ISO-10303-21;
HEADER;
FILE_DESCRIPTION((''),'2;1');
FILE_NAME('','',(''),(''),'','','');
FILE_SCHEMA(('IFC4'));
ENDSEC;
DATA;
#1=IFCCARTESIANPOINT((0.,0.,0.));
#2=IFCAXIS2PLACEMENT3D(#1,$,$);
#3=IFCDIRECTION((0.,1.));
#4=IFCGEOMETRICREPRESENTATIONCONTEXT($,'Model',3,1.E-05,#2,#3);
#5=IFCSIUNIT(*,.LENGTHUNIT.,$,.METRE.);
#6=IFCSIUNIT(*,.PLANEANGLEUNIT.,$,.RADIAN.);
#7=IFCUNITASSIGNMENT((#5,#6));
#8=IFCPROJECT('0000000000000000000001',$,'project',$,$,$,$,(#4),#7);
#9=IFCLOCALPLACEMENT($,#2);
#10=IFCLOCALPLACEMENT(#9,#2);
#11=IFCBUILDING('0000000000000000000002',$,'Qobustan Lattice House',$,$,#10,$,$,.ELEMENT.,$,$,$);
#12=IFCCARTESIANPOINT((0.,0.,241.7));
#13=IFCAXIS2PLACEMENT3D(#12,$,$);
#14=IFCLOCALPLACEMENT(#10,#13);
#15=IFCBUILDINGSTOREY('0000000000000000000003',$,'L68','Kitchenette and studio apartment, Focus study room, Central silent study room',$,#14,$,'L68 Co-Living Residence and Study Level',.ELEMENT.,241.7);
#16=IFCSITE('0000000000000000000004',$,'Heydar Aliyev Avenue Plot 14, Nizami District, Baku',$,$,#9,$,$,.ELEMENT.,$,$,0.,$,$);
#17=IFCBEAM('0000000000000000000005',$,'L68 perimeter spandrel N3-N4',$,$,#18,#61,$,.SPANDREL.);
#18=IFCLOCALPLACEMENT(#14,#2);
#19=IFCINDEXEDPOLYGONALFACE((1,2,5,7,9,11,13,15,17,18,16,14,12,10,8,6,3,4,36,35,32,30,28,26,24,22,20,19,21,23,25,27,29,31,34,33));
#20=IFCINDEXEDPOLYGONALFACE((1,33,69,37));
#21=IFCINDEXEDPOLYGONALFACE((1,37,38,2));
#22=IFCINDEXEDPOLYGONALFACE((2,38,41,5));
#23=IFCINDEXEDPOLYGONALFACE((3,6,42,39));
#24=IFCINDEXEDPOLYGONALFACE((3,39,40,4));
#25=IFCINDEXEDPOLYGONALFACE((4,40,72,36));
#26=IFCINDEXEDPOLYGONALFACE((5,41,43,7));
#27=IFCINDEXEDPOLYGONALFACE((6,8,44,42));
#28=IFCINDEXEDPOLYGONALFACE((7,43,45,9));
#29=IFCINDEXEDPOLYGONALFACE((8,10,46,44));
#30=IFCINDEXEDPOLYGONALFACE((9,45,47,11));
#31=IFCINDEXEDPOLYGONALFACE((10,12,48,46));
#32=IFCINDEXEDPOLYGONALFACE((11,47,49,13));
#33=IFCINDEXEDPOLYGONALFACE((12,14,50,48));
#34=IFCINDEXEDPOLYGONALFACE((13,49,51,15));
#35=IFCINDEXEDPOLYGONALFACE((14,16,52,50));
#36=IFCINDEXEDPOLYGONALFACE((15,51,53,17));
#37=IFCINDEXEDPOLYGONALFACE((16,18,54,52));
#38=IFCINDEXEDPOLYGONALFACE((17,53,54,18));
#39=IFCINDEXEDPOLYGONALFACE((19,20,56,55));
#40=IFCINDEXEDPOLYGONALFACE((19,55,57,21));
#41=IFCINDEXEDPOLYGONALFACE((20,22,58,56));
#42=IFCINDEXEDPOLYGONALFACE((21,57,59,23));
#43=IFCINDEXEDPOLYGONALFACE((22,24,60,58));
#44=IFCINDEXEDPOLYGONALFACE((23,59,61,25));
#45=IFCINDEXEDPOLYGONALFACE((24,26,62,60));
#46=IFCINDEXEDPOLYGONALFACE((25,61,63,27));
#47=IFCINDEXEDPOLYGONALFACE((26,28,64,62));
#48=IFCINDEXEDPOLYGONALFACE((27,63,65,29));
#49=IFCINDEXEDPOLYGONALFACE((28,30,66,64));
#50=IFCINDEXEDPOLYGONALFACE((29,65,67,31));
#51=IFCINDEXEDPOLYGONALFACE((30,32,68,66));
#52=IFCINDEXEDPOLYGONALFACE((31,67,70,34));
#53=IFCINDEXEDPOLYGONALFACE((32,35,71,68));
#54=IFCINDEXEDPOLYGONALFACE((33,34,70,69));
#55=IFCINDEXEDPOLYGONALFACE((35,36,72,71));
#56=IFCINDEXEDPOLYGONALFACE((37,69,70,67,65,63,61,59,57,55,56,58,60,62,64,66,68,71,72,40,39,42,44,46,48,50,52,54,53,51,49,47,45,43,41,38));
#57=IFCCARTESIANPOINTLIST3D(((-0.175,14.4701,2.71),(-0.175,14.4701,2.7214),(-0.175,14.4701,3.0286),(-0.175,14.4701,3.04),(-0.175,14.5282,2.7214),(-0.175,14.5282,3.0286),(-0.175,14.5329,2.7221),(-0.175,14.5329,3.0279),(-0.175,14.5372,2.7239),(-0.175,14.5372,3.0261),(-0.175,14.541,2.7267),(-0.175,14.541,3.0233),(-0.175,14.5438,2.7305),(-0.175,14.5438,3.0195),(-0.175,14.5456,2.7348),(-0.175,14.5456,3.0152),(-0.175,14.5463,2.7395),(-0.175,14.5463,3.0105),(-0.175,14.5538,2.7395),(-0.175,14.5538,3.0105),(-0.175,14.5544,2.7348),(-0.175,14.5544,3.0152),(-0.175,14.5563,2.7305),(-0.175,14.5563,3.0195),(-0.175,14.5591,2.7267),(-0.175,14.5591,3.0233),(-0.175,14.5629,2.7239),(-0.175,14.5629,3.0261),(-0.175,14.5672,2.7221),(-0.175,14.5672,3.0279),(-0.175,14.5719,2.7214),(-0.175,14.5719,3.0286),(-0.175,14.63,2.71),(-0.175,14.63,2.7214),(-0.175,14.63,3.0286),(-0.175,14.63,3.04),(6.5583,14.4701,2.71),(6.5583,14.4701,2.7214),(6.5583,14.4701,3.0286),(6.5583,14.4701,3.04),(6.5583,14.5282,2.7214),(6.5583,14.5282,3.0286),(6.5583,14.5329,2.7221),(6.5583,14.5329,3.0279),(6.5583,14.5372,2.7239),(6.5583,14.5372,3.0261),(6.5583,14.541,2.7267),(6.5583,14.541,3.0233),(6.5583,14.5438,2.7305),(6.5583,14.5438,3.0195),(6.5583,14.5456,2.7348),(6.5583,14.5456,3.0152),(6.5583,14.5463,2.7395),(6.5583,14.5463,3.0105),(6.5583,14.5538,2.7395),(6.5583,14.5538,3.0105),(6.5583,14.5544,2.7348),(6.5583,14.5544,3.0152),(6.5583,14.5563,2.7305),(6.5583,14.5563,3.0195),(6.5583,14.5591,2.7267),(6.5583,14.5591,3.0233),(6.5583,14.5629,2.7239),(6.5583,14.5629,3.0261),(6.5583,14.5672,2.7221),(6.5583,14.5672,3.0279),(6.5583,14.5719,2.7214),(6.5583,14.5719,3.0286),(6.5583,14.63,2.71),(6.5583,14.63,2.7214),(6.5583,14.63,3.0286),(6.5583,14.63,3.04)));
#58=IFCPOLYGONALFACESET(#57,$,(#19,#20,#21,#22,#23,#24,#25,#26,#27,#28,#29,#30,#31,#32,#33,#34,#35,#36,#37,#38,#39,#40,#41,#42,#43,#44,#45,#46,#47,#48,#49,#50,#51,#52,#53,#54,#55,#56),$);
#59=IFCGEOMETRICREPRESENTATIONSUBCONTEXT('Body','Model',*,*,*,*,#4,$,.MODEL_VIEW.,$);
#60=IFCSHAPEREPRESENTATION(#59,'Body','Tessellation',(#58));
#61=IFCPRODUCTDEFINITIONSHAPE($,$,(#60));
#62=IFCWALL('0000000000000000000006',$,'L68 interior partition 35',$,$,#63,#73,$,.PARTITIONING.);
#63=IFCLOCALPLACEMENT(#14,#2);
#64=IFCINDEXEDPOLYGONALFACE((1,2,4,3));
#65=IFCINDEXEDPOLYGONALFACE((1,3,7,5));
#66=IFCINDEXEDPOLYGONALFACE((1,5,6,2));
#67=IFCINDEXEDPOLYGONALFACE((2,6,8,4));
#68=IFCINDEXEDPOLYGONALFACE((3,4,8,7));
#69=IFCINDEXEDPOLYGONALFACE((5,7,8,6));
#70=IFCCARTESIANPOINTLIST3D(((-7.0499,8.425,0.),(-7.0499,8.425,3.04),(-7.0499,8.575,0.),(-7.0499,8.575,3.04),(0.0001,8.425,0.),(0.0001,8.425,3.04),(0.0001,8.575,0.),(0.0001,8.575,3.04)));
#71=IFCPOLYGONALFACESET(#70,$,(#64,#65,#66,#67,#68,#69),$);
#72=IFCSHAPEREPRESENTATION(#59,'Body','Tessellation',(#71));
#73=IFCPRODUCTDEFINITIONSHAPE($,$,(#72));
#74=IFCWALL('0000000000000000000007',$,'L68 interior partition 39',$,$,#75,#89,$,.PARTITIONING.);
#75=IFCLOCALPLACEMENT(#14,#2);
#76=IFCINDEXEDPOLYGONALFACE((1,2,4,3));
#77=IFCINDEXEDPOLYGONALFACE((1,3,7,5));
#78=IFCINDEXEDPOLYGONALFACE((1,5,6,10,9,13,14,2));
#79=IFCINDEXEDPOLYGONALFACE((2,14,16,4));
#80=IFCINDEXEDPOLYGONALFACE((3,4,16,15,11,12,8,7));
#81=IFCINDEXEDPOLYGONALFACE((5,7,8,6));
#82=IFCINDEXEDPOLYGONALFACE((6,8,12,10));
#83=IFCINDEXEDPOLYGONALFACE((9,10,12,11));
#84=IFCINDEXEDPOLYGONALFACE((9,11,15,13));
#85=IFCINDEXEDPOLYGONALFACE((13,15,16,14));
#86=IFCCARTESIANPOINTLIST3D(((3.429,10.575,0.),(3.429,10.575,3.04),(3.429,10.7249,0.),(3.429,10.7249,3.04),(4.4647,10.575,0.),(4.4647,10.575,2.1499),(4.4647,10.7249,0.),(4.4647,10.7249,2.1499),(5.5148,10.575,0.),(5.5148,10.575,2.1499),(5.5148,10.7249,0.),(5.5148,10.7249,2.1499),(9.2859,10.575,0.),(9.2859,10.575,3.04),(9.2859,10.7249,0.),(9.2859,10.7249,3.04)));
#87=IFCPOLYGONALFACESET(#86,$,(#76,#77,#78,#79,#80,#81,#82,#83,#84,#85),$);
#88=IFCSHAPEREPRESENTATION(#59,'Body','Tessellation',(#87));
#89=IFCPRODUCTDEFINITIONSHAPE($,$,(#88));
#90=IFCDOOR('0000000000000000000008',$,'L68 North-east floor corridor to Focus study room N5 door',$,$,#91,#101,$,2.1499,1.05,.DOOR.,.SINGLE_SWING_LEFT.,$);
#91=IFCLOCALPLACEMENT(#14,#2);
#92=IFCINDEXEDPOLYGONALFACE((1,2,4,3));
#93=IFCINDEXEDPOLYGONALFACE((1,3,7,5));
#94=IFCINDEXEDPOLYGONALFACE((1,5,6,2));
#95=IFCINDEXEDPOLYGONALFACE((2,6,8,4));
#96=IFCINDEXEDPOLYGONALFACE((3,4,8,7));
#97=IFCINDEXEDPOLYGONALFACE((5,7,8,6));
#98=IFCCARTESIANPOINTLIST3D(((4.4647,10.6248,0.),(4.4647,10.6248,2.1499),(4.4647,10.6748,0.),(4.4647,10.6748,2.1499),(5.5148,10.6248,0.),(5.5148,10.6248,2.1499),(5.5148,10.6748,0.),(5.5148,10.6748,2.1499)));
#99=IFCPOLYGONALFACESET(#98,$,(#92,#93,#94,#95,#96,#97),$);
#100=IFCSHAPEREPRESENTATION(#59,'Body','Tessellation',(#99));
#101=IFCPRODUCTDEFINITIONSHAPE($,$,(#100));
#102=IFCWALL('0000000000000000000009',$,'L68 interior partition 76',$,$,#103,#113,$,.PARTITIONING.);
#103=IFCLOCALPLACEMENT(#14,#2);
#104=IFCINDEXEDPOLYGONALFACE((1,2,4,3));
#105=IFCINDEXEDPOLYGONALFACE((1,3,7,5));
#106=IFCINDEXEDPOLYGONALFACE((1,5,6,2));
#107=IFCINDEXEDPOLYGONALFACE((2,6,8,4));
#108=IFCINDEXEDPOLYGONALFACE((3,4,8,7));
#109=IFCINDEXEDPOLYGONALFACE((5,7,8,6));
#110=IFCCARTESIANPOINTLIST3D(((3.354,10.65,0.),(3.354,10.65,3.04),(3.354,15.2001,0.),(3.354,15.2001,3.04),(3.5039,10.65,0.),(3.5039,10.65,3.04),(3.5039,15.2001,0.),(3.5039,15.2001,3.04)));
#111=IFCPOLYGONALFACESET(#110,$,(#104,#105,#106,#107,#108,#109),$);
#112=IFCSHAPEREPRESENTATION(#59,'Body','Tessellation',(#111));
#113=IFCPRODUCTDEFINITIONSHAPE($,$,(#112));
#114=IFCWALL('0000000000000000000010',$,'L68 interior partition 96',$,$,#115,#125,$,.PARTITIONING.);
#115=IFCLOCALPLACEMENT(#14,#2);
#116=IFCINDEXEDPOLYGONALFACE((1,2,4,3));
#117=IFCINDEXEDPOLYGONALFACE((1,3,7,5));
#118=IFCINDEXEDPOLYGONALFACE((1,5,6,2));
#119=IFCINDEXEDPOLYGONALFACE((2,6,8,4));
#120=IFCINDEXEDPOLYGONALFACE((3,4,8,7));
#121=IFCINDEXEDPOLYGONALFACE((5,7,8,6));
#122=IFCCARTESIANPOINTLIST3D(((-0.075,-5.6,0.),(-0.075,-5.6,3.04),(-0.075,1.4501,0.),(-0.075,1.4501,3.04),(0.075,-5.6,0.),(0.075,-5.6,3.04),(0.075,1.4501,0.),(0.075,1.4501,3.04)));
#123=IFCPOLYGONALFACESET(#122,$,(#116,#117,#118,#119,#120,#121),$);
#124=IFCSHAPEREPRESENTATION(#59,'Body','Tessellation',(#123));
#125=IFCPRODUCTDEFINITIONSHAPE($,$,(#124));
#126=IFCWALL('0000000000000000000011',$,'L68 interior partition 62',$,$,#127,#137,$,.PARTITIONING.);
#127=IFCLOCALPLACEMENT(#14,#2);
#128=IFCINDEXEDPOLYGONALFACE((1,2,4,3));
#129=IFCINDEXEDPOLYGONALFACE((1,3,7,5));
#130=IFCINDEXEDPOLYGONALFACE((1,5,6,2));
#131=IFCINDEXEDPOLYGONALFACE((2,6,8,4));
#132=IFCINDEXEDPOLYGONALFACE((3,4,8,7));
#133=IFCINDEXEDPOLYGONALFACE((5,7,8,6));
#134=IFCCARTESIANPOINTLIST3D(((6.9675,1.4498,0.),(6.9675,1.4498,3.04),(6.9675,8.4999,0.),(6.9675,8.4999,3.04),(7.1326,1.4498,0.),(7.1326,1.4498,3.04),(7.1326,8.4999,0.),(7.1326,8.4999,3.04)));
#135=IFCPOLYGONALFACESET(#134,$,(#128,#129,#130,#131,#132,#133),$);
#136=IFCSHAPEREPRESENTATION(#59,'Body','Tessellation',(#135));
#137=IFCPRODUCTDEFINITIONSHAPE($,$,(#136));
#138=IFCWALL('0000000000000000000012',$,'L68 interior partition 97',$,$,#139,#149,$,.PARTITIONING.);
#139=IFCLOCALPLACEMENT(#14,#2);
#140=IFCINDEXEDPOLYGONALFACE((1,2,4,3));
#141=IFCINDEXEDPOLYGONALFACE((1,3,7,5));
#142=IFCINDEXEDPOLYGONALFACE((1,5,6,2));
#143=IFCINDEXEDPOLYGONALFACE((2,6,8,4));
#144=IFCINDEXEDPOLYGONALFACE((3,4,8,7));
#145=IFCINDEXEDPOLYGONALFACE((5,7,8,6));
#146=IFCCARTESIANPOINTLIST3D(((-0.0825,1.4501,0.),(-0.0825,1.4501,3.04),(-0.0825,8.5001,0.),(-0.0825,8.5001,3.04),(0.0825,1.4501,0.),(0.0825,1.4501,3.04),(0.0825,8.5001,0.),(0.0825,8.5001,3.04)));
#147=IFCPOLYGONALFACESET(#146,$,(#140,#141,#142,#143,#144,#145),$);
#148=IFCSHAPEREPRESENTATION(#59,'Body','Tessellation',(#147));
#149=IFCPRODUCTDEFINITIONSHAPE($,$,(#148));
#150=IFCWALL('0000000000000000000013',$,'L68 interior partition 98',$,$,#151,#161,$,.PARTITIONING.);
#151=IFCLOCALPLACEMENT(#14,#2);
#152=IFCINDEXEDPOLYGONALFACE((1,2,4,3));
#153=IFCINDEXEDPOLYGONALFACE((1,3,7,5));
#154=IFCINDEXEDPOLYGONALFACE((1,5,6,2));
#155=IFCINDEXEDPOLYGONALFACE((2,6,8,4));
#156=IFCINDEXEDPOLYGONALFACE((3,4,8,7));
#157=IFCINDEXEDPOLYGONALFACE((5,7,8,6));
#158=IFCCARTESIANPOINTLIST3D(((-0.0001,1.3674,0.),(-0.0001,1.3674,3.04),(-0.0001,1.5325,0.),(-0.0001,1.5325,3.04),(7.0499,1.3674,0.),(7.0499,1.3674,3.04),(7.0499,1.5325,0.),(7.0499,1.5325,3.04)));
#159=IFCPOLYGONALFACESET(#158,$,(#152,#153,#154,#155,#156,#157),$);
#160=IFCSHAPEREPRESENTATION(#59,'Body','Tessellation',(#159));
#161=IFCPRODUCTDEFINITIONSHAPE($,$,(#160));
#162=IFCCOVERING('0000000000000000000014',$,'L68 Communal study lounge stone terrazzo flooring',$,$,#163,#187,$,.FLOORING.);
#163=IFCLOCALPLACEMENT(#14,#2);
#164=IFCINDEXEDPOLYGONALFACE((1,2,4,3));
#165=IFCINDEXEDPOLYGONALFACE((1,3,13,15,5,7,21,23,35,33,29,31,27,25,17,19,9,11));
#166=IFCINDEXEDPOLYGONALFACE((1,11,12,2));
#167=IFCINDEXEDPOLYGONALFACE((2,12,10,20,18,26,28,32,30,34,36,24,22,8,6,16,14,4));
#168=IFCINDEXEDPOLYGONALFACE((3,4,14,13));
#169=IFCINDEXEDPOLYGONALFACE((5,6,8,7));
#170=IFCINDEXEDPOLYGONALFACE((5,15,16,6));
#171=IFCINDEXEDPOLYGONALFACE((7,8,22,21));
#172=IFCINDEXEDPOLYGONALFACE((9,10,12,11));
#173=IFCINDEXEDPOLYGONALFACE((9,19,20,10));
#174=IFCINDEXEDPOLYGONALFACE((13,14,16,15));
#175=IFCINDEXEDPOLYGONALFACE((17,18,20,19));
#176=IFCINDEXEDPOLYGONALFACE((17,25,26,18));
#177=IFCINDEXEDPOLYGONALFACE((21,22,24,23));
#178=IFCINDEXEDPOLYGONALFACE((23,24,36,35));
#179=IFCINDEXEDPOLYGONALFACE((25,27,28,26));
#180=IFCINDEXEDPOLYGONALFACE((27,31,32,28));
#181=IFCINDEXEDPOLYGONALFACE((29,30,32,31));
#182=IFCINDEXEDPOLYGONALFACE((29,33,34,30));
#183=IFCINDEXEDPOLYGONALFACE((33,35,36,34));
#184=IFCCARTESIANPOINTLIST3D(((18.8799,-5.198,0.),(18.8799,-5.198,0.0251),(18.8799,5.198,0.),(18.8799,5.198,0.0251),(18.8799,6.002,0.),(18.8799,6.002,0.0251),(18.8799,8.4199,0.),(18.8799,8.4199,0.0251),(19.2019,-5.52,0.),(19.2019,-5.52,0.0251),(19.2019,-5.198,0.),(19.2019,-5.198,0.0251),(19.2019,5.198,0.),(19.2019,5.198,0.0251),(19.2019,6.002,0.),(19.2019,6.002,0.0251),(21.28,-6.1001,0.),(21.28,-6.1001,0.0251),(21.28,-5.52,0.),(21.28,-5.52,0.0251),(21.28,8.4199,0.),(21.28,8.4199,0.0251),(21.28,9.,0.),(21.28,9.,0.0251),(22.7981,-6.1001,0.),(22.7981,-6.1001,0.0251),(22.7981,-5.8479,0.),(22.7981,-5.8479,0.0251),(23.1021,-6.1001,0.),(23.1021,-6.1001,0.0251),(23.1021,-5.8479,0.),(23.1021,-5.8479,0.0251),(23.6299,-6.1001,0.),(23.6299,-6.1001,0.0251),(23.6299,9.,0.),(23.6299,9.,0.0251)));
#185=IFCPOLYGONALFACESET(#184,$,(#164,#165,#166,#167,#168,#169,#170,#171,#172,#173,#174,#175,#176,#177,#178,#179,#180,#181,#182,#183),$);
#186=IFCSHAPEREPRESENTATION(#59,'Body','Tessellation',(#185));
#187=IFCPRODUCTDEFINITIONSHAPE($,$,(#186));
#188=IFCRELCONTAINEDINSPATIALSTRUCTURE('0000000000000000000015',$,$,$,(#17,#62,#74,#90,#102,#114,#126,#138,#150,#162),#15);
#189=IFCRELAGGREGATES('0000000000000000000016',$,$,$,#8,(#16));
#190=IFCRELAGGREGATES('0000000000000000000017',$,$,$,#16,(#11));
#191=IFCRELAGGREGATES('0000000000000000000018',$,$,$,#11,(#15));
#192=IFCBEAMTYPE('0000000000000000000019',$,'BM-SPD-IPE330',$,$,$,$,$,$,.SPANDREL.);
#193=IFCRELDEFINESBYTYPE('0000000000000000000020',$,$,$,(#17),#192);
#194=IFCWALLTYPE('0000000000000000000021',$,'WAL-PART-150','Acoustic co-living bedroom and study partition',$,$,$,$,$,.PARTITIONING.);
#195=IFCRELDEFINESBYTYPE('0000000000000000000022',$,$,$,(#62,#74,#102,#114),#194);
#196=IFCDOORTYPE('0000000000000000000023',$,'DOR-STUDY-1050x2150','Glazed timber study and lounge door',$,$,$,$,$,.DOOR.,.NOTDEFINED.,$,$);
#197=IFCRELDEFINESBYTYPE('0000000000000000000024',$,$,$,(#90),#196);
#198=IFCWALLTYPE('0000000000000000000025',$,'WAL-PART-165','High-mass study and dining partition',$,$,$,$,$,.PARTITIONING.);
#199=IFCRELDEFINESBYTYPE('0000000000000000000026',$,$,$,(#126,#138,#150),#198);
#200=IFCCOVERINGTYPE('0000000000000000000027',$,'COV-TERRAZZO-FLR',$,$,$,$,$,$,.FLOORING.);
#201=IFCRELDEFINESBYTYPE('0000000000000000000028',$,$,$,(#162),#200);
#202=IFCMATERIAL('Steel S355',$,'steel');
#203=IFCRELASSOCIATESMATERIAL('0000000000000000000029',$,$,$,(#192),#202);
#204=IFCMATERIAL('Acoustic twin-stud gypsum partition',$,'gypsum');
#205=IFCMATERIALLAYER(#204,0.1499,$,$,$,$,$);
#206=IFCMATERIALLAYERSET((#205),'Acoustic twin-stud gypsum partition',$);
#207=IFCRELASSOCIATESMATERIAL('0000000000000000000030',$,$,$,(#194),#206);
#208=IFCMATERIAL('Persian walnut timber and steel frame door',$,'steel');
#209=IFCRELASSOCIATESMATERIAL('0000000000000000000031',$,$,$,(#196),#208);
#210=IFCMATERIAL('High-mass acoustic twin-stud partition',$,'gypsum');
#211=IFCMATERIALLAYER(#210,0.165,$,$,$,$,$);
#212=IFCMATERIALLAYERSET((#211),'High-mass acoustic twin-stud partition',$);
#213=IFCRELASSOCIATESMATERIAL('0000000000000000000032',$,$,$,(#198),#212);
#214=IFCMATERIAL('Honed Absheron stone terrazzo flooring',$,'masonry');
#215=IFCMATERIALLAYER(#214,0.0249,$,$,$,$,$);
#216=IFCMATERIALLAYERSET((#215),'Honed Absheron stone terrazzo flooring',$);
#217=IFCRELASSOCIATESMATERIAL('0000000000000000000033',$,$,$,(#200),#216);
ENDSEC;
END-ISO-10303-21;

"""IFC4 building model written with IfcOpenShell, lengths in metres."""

from ifc_helpers import new_model, si_unit, direction, frame, frame_2d, origin, origin_2d, place, context, subcontext, project, spatial, polyline, rectangle, i_section, outline, extrude, material, layer, layer_set, material_profile, profile_set, type_object, element, fill, save


model = new_model("IFC4")

# Units and contexts
model_context = context("Model", 3, precision=1e-05, world=origin(), true_north=direction((0.0, 1.0)))
body_context = subcontext(model_context, "Body", "Model", "MODEL_VIEW")
ifc_project = project(units=[si_unit("LENGTHUNIT", "METRE"), si_unit("PLANEANGLEUNIT", "RADIAN")], contexts=[model_context])

# Site, building, storey
site_placement = place(None, origin())
site = spatial("IfcSite", under=ifc_project, at=site_placement, Name="Heydar Aliyev Avenue Plot 14, Nizami District, Baku", CompositionType="ELEMENT", RefElevation=0.0)
building_placement = place(site_placement, origin())
building = spatial("IfcBuilding", under=site, at=building_placement, Name="Qobustan Lattice House", CompositionType="ELEMENT")
storey_placement = place(building_placement, frame((0.0, 0.0, 241.7)))
storey = spatial("IfcBuildingStorey", under=building, at=storey_placement, Name="L68", Description="Kitchenette and studio apartment, Focus study room, Central silent study room", LongName="L68 Co-Living Residence and Study Level", CompositionType="ELEMENT", Elevation=241.7)

# Beam
ifc_material_1 = material(Name="Steel S355", Category="steel")
ifc_material_profile_1 = material_profile(ifc_material_1, i_section(OverallWidth=0.1599, OverallDepth=0.3301, WebThickness=0.0076, FlangeThickness=0.0115, FilletRadius=0.0181, at=origin_2d()), Name="IPE330")
ifc_profile_set_1 = profile_set([ifc_material_profile_1], Name="Steel S355")
beam_type_1 = type_object("IfcBeamType", Name="BM-SPD-IPE330", PredefinedType="SPANDREL", material=ifc_profile_set_1)
beam_1_placement = place(storey_placement, frame((6.5583, 14.55, 2.875), z_axis=(-1.0, 0.0, 0.0), x_axis=(0.0, -1.0, 0.0)))
element("IfcBeam", 1, at=beam_1_placement, inside=storey, type_object=beam_type_1, Name="L68 perimeter spandrel N3-N4", PredefinedType="SPANDREL", context=body_context, shape_type="SweptSolid", body=[
    extrude(i_section(OverallWidth=0.1599, OverallDepth=0.3301, WebThickness=0.0076, FlangeThickness=0.0115, FilletRadius=0.0181, at=origin_2d()), origin(), (0.0, 0.0, 1.0), 6.7334),
])

# Wall
ifc_material_2 = material(Name="Acoustic twin-stud gypsum partition", Category="gypsum")
ifc_layer_1 = layer(ifc_material_2, 0.1499)
ifc_layer_set_1 = layer_set([ifc_layer_1], Name="Acoustic twin-stud gypsum partition")
wall_type_1 = type_object("IfcWallType", Name="WAL-PART-150", Description="Acoustic co-living bedroom and study partition", PredefinedType="PARTITIONING", material=ifc_layer_set_1)
wall_1_placement = place(storey_placement, frame((0.0, 8.5, 0.0), z_axis=(0.0, 0.0, 1.0), x_axis=(-1.0, 0.0, 0.0)))
element("IfcWall", 2, at=wall_1_placement, inside=storey, type_object=wall_type_1, Name="L68 interior partition 35", PredefinedType="PARTITIONING", context=body_context, shape_type="SweptSolid", body=[
    extrude(rectangle(XDim=7.05, YDim=0.1499, at=frame_2d((3.5249, 0.0))), origin(), (0.0, 0.0, 1.0), 3.04),
])

# Wall, opening, door
ifc_material_3 = material(Name="Persian walnut timber and steel frame door", Category="steel")
door_type = type_object("IfcDoorType", Name="DOR-STUDY-1050x2150", Description="Glazed timber study and lounge door", OperationType="NOTDEFINED", PredefinedType="DOOR", material=ifc_material_3)
wall_2_placement = place(storey_placement, frame((3.429, 10.6499, 0.0), z_axis=(0.0, 0.0, 1.0), x_axis=(1.0, 0.0, 0.0)))
wall_2 = element("IfcWall", 3, at=wall_2_placement, inside=storey, type_object=wall_type_1, Name="L68 interior partition 39", PredefinedType="PARTITIONING", context=body_context, shape_type="SweptSolid", body=[
    extrude(rectangle(XDim=5.8569, YDim=0.1499, at=frame_2d((2.9285, 0.0))), origin(), (0.0, 0.0, 1.0), 3.04),
])
opening_1_placement = place(wall_2_placement, frame((1.0359, 0.0, 0.0)))
opening_1 = element("IfcOpeningElement", 4, at=opening_1_placement, cuts=wall_2, PredefinedType="OPENING", context=body_context, shape_type="SweptSolid", body=[
    extrude(rectangle(XDim=1.05, YDim=2.1499, at=frame_2d((0.5249, 1.075))), frame((0.0, 0.085, 0.0), z_axis=(0.0, -1.0, 0.0), x_axis=(1.0, 0.0, 0.0)), (0.0, 0.0, 1.0), 0.1699),
])
door_1_placement = place(opening_1_placement, origin())
door_1 = element("IfcDoor", 5, at=door_1_placement, inside=storey, type_object=door_type, Name="L68 North-east floor corridor to Focus study room N5 door", OperationType="SINGLE_SWING_LEFT", OverallHeight=2.1499, OverallWidth=1.05, PredefinedType="DOOR", context=body_context, shape_type="SweptSolid", body=[
    extrude(rectangle(XDim=1.05, YDim=2.1499, at=frame_2d((0.5249, 1.075))), frame((0.0, 0.0249, 0.0), z_axis=(0.0, -1.0, 0.0), x_axis=(1.0, 0.0, 0.0)), (0.0, 0.0, 1.0), 0.05),
])
fill(opening_1, door_1)

# Walls
wall_3_placement = place(storey_placement, frame((3.429, 15.2, 0.0), z_axis=(0.0, 0.0, 1.0), x_axis=(0.0, -1.0, 0.0)))
element("IfcWall", 6, at=wall_3_placement, inside=storey, type_object=wall_type_1, Name="L68 interior partition 76", PredefinedType="PARTITIONING", context=body_context, shape_type="SweptSolid", body=[
    extrude(rectangle(XDim=4.55, YDim=0.1499, at=frame_2d((2.2749, 0.0))), origin(), (0.0, 0.0, 1.0), 3.04),
])
wall_4_placement = place(storey_placement, frame((0.0, 1.45, 0.0), z_axis=(0.0, 0.0, 1.0), x_axis=(0.0, -1.0, 0.0)))
element("IfcWall", 7, at=wall_4_placement, inside=storey, type_object=wall_type_1, Name="L68 interior partition 96", PredefinedType="PARTITIONING", context=body_context, shape_type="SweptSolid", body=[
    extrude(rectangle(XDim=7.05, YDim=0.1499, at=frame_2d((3.5249, 0.0))), origin(), (0.0, 0.0, 1.0), 3.04),
])
ifc_material_4 = material(Name="High-mass acoustic twin-stud partition", Category="gypsum")
ifc_layer_2 = layer(ifc_material_4, 0.165)
ifc_layer_set_2 = layer_set([ifc_layer_2], Name="High-mass acoustic twin-stud partition")
wall_type_2 = type_object("IfcWallType", Name="WAL-PART-165", Description="High-mass study and dining partition", PredefinedType="PARTITIONING", material=ifc_layer_set_2)
for number, where, z_axis, x_axis, name in (
    (8, (7.05, 1.45, 0.0), (0.0, 0.0, 1.0), (0.0, 1.0, 0.0), "L68 interior partition 62"),
    (9, (0.0, 8.5, 0.0), (0.0, 0.0, 1.0), (0.0, -1.0, 0.0), "L68 interior partition 97"),
    (10, (0.0, 1.45, 0.0), (0.0, 0.0, 1.0), (1.0, 0.0, 0.0), "L68 interior partition 98"),
):
    element("IfcWall", number, at=place(storey_placement, frame(where, z_axis=z_axis, x_axis=x_axis)), inside=storey, type_object=wall_type_2, Name=name, PredefinedType="PARTITIONING", context=body_context, shape_type="SweptSolid", body=[
        extrude(rectangle(XDim=7.05, YDim=0.165, at=frame_2d((3.5249, 0.0))), origin(), (0.0, 0.0, 1.0), 3.04),
    ])

# Covering
ifc_material_5 = material(Name="Honed Absheron stone terrazzo flooring", Category="masonry")
ifc_layer_3 = layer(ifc_material_5, 0.0249)
ifc_layer_set_3 = layer_set([ifc_layer_3], Name="Honed Absheron stone terrazzo flooring")
covering_type = type_object("IfcCoveringType", Name="COV-TERRAZZO-FLR", PredefinedType="FLOORING", material=ifc_layer_set_3)
covering_1_placement = place(storey_placement, origin())
element("IfcCovering", 11, at=covering_1_placement, inside=storey, type_object=covering_type, Name="L68 Communal study lounge stone terrazzo flooring", PredefinedType="FLOORING", context=body_context, shape_type="SweptSolid", body=[
    extrude(outline(polyline([(21.28, -5.52), (21.28, -6.1001), (22.7981, -6.1001), (22.7981, -5.8479), (23.1021, -5.8479), (23.1021, -6.1001), (23.6299, -6.1001), (23.6299, 9.0), (21.28, 9.0), (21.28, 8.4199), (18.8799, 8.4199), (18.8799, 6.002), (19.2019, 6.002), (19.2019, 5.198), (18.8799, 5.198), (18.8799, -5.198), (19.2019, -5.198), (19.2019, -5.52), (21.28, -5.52)])), origin(), (0.0, 0.0, 1.0), 0.0251),
])

save(model, "model.ifc")
